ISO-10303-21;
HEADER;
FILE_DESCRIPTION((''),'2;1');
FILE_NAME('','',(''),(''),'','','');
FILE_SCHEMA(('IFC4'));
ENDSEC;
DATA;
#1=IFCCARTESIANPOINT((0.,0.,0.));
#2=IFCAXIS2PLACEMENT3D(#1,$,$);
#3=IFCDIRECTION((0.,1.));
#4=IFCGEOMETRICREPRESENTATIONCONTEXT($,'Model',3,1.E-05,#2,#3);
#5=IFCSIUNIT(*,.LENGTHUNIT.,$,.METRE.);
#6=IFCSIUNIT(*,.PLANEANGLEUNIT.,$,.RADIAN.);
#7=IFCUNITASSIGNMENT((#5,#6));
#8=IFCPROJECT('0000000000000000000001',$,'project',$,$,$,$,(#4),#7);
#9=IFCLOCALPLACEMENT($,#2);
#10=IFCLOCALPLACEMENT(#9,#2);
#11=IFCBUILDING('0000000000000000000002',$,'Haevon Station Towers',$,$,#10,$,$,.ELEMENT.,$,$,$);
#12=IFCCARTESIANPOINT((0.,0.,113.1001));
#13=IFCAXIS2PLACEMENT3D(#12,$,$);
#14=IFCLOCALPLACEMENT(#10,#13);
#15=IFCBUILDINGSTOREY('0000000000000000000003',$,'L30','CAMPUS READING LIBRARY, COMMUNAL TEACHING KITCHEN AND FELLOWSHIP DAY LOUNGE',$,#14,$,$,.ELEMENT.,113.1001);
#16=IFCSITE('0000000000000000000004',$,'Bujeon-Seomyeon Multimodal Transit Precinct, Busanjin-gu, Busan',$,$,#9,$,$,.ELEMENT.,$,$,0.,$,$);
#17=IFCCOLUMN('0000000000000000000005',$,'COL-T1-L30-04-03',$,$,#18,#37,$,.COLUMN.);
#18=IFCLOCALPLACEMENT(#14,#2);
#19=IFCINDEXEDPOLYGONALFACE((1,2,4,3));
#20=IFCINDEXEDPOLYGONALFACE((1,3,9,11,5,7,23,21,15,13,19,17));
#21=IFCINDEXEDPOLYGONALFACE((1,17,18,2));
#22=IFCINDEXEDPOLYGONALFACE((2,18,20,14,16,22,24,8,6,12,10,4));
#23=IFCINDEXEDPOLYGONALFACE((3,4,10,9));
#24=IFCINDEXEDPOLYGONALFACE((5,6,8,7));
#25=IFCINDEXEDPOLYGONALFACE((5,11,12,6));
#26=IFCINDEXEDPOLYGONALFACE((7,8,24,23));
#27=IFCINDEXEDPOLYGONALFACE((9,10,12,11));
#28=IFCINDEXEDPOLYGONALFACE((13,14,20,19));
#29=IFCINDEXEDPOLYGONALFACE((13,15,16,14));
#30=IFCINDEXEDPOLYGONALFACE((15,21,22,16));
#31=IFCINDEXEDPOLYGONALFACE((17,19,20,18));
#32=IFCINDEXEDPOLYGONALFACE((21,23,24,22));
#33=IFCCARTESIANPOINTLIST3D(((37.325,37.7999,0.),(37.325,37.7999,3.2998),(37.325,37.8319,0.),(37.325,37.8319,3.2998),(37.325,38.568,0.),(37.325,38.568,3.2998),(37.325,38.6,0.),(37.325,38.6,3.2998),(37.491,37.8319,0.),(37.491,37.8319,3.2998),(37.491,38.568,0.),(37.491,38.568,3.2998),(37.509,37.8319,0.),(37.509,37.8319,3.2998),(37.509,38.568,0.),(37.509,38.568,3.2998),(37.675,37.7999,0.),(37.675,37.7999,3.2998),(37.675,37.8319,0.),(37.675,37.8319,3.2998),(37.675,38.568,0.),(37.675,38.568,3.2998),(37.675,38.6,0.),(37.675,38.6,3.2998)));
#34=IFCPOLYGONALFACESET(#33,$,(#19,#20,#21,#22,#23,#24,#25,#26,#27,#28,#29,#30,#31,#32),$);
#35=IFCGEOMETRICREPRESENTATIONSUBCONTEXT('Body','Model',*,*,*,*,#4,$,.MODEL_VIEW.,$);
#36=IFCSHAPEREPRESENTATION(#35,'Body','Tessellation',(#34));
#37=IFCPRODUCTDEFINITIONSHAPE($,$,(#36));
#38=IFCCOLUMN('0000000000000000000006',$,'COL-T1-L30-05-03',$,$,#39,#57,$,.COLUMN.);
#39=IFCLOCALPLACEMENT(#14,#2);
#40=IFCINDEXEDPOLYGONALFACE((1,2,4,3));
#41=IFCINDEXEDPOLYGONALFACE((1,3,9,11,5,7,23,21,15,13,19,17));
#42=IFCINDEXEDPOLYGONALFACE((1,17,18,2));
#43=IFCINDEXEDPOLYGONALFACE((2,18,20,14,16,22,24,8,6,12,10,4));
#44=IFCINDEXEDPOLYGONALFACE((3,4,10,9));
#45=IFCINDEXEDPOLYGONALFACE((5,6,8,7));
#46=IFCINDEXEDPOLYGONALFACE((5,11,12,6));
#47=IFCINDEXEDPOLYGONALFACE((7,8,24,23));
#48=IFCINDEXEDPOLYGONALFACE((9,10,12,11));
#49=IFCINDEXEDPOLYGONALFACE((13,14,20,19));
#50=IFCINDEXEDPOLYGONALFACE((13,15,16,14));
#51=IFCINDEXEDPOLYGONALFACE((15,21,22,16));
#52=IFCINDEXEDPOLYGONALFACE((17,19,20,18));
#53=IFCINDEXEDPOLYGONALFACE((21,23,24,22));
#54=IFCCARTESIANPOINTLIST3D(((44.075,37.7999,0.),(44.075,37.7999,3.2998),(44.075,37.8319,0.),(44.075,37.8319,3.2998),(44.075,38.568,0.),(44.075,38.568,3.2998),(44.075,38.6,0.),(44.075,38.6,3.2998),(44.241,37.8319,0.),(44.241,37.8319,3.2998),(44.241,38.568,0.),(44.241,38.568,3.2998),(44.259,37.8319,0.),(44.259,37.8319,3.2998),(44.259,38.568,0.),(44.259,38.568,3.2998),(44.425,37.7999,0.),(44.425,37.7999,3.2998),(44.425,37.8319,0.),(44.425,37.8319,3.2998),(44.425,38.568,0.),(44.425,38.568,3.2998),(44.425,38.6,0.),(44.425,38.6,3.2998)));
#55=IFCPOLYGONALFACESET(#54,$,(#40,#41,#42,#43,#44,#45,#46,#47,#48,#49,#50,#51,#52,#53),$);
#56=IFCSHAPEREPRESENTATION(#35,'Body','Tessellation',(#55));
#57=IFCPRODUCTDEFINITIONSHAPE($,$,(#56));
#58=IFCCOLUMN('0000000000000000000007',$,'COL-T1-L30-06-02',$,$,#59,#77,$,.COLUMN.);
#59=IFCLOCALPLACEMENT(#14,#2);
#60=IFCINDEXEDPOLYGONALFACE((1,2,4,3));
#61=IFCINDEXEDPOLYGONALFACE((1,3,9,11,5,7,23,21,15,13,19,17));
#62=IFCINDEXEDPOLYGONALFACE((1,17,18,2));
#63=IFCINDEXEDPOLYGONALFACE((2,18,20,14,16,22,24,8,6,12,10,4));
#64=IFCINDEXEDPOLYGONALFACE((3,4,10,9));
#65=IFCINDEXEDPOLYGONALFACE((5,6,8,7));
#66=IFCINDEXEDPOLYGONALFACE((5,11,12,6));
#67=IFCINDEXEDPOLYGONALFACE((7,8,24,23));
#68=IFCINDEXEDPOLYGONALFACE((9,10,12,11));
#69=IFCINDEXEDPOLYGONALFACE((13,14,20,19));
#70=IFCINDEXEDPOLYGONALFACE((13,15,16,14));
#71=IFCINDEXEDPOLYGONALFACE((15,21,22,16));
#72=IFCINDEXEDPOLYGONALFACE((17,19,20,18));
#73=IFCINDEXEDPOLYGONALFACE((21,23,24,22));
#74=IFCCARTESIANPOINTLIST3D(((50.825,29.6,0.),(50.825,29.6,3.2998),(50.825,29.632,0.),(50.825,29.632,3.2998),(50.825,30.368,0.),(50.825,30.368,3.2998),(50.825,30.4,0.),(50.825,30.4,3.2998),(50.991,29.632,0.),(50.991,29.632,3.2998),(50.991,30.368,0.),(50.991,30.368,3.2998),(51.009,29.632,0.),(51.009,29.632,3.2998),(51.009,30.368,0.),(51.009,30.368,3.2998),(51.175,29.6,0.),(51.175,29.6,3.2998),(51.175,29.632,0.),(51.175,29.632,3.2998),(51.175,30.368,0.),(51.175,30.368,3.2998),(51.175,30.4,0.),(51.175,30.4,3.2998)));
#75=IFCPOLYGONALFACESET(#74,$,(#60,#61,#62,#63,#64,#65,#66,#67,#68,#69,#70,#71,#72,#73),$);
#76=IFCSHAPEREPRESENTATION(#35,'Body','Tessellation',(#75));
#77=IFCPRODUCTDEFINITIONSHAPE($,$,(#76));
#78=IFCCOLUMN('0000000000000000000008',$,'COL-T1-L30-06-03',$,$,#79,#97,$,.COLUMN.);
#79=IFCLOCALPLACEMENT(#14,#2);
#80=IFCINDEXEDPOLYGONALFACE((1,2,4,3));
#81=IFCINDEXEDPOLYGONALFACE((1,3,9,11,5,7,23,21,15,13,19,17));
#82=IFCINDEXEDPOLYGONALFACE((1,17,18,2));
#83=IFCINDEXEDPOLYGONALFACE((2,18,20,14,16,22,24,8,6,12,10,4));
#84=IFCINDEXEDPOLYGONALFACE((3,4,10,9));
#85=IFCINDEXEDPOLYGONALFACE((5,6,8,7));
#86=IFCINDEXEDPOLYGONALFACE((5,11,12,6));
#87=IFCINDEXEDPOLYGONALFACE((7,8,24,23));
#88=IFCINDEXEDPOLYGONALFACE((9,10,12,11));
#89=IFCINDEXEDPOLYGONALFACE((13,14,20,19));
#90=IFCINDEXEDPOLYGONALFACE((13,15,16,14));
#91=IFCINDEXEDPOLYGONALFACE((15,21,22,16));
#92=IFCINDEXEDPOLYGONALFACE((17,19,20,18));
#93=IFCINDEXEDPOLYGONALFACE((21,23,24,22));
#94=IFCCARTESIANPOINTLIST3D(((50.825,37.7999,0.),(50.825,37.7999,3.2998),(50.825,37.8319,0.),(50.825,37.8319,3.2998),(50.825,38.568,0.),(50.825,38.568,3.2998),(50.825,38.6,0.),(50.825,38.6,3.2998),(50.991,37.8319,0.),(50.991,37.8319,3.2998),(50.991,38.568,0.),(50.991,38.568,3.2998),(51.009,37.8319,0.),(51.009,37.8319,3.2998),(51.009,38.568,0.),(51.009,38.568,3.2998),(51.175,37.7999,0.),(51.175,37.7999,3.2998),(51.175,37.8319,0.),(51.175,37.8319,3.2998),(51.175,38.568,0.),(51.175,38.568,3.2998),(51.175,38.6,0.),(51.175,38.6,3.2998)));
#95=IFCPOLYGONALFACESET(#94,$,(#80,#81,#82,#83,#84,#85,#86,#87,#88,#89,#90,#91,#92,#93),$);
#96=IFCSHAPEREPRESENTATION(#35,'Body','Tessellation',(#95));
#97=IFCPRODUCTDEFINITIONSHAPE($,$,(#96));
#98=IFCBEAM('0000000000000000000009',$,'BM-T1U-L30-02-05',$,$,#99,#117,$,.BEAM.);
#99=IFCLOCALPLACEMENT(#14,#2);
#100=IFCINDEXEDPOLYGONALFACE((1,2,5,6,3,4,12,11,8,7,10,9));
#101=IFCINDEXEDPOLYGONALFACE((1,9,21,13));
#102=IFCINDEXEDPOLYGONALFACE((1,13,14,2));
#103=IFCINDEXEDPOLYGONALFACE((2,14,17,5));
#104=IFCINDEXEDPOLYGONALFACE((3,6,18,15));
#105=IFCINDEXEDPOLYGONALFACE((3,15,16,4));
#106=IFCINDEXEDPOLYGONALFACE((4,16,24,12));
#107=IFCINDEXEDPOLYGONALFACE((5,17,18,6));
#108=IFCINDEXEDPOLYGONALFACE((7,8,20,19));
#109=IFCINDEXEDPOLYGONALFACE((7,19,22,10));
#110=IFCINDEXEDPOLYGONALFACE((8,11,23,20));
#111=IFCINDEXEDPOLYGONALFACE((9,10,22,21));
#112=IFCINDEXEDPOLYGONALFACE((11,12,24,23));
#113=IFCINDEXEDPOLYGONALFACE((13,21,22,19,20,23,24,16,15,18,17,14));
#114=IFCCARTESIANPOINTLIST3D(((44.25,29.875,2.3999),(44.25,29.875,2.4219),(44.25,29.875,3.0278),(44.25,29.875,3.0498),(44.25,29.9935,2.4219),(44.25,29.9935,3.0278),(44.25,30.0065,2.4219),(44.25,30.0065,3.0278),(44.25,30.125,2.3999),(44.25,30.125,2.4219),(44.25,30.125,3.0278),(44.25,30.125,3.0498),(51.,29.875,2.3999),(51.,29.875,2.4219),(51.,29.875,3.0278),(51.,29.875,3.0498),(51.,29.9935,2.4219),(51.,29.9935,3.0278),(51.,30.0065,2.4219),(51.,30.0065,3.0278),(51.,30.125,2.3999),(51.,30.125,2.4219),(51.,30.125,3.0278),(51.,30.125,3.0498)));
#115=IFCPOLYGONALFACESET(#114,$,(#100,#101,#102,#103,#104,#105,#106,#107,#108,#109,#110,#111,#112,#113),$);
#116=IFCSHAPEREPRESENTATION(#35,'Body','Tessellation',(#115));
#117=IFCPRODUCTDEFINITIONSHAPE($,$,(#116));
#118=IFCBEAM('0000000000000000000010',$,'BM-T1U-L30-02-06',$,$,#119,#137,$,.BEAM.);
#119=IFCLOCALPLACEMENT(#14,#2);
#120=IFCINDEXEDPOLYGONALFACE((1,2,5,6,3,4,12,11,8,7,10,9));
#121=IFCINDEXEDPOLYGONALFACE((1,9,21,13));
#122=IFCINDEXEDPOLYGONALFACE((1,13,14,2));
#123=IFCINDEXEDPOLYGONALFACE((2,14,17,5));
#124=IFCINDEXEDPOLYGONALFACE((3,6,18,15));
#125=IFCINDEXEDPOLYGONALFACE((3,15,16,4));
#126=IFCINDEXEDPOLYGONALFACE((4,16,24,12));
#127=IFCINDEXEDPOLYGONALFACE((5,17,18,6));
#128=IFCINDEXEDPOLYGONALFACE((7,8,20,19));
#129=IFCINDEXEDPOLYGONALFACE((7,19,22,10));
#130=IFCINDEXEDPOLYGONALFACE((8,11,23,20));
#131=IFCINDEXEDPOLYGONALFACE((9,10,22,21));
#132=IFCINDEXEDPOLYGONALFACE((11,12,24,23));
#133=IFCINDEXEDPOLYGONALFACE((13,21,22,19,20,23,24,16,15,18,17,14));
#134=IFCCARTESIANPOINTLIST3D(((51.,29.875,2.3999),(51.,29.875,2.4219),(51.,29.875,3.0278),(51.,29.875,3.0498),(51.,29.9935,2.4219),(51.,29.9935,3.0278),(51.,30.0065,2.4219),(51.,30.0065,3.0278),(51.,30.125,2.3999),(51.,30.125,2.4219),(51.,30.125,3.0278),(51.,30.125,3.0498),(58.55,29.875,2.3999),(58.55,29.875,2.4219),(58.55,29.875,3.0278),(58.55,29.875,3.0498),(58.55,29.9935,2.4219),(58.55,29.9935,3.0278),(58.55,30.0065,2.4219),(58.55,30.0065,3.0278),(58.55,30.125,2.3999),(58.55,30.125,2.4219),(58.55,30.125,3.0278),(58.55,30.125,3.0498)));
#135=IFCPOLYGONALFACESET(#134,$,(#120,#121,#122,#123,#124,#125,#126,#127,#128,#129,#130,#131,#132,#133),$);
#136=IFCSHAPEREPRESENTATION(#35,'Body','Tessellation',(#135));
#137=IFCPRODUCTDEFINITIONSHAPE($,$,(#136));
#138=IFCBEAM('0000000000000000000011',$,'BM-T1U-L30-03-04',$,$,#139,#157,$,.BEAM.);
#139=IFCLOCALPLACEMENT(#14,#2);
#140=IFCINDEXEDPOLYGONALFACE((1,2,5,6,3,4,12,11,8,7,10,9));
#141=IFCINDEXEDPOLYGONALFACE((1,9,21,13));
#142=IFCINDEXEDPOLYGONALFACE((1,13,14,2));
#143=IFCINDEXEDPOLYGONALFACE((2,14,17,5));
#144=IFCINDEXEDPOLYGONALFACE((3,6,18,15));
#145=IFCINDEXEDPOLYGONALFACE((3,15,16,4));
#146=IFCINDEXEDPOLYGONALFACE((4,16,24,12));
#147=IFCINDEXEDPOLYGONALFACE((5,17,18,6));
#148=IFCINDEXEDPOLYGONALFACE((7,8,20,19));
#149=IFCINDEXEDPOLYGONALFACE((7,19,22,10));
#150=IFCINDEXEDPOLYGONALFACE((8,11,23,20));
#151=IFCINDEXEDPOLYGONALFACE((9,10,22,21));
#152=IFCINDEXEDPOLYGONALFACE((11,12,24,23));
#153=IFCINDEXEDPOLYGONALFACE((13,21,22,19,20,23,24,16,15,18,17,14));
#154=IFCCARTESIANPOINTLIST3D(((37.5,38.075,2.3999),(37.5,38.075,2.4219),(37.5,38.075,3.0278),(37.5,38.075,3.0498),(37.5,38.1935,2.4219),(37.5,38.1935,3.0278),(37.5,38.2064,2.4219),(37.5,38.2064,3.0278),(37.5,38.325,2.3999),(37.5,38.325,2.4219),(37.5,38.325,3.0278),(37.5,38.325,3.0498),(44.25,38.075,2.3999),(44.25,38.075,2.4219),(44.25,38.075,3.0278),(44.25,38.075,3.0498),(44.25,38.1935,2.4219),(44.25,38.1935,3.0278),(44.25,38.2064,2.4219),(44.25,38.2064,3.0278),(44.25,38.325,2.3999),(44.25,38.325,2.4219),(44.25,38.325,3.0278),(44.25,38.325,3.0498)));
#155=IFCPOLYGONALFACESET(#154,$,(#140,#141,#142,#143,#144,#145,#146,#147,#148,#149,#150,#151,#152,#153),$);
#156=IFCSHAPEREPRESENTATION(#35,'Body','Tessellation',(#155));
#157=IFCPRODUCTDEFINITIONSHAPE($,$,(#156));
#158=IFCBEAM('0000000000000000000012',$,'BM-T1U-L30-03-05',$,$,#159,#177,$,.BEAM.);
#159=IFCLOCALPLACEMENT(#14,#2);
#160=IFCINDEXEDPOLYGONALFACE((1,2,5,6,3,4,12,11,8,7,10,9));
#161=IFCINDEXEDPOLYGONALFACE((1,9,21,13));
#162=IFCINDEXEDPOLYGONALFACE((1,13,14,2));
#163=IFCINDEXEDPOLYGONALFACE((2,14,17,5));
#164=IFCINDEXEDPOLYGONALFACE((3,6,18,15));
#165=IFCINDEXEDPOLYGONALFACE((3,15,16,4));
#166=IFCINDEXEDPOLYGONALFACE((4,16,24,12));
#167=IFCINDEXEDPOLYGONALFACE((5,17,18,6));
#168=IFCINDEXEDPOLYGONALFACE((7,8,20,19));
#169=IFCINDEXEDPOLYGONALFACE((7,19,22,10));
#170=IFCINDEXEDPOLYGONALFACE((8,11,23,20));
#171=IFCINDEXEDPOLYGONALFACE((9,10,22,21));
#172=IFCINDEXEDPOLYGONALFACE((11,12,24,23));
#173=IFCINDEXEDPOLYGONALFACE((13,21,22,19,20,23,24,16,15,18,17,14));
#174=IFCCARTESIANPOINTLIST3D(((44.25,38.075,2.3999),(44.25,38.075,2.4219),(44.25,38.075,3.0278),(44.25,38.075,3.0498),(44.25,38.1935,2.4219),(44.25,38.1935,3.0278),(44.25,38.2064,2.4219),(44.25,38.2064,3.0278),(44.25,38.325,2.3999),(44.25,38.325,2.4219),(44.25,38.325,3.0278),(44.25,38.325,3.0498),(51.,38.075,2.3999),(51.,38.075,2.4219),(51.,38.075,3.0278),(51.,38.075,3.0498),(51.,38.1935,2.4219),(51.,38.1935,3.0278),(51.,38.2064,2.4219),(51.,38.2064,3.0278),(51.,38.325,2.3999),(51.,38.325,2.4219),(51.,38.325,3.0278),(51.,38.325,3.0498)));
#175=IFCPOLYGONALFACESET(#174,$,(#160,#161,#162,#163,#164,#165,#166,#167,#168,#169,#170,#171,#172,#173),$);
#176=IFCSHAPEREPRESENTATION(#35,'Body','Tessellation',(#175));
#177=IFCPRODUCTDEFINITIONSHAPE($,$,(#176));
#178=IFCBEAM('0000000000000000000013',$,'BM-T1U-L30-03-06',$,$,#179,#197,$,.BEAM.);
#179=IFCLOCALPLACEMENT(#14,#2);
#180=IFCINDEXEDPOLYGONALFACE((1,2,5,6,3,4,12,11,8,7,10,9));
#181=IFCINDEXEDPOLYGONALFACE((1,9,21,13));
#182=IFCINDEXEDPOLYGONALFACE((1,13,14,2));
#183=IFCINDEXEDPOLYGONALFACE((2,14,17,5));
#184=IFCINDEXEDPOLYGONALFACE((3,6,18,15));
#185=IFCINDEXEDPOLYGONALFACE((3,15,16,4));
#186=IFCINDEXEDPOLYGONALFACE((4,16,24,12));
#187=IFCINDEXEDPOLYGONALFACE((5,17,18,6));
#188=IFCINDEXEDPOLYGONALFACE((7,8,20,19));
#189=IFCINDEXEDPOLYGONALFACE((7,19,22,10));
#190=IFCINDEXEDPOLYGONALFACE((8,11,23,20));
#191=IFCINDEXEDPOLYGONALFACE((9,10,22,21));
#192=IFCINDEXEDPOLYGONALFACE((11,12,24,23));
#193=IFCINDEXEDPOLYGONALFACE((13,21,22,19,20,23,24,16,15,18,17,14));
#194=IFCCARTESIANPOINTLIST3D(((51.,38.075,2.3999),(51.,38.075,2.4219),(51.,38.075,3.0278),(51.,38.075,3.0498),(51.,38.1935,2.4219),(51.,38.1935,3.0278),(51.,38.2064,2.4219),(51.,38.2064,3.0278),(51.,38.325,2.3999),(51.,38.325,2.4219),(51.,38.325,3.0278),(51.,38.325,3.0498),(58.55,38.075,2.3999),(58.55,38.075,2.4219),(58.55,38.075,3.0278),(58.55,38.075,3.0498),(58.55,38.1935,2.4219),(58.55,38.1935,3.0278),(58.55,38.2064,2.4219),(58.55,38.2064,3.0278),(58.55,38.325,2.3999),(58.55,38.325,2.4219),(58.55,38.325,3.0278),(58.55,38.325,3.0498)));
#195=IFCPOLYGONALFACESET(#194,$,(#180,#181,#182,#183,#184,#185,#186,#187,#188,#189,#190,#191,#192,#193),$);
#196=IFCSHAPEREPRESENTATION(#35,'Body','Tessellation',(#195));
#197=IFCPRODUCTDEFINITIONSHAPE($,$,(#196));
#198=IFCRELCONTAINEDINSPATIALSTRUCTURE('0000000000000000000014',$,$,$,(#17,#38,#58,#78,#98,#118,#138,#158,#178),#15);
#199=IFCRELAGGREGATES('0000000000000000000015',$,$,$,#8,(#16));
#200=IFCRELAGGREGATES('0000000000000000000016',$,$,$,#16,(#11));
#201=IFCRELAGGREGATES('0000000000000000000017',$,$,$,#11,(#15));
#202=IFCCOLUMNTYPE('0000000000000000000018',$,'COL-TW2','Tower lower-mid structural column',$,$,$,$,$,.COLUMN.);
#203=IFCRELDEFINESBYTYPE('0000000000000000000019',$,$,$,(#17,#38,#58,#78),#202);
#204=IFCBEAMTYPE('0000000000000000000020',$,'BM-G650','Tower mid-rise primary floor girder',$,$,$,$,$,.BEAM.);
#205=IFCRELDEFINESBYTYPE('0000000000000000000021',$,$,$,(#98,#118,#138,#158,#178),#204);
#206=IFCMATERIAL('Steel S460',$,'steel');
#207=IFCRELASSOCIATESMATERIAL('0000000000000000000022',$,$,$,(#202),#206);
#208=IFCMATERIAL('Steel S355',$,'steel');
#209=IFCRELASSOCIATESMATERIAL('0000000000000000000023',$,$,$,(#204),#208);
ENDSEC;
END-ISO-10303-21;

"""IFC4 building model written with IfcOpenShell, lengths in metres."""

from ifc_helpers import new_model, si_unit, direction, frame, origin, origin_2d, place, context, subcontext, project, spatial, i_section, extrude, material, material_profile, profile_set, type_object, element, save


model = new_model("IFC4")

# Units and contexts
model_context = context("Model", 3, precision=1e-05, world=origin(), true_north=direction((0.0, 1.0)))
body_context = subcontext(model_context, "Body", "Model", "MODEL_VIEW")
ifc_project = project(units=[si_unit("LENGTHUNIT", "METRE"), si_unit("PLANEANGLEUNIT", "RADIAN")], contexts=[model_context])

# Site, building, storey
site_placement = place(None, origin())
site = spatial("IfcSite", under=ifc_project, at=site_placement, Name="Bujeon-Seomyeon Multimodal Transit Precinct, Busanjin-gu, Busan", CompositionType="ELEMENT", RefElevation=0.0)
building_placement = place(site_placement, origin())
building = spatial("IfcBuilding", under=site, at=building_placement, Name="Haevon Station Towers", CompositionType="ELEMENT")
storey_placement = place(building_placement, frame((0.0, 0.0, 113.1001)))
storey = spatial("IfcBuildingStorey", under=building, at=storey_placement, Name="L30", Description="CAMPUS READING LIBRARY, COMMUNAL TEACHING KITCHEN AND FELLOWSHIP DAY LOUNGE", CompositionType="ELEMENT", Elevation=113.1001)

# Columns
ifc_material_1 = material(Name="Steel S460", Category="steel")
ifc_material_profile_1 = material_profile(ifc_material_1, i_section(OverallWidth=0.3501, OverallDepth=0.8, WebThickness=0.0181, FlangeThickness=0.032, at=origin_2d()), Name="H-800x350x18x32")
ifc_profile_set_1 = profile_set([ifc_material_profile_1], Name="Steel S460")
column_type = type_object("IfcColumnType", Name="COL-TW2", Description="Tower lower-mid structural column", PredefinedType="COLUMN", material=ifc_profile_set_1)
for number, where, z_axis, x_axis, name in (
    (1, (37.5, 38.2, 0.0), (0.0, 0.0, 1.0), (1.0, 0.0, 0.0), "COL-T1-L30-04-03"),
    (2, (44.25, 38.2, 0.0), (0.0, 0.0, 1.0), (1.0, 0.0, 0.0), "COL-T1-L30-05-03"),
    (3, (51.0, 30.0, 0.0), (0.0, 0.0, 1.0), (1.0, 0.0, 0.0), "COL-T1-L30-06-02"),
    (4, (51.0, 38.2, 0.0), (0.0, 0.0, 1.0), (1.0, 0.0, 0.0), "COL-T1-L30-06-03"),
):
    element("IfcColumn", number, at=place(storey_placement, frame(where, z_axis=z_axis, x_axis=x_axis)), inside=storey, type_object=column_type, Name=name, PredefinedType="COLUMN", context=body_context, shape_type="SweptSolid", body=[
        extrude(i_section(OverallWidth=0.3501, OverallDepth=0.8, WebThickness=0.0181, FlangeThickness=0.032, at=origin_2d()), origin(), (0.0, 0.0, 1.0), 3.2998),
    ])

# Beams
ifc_material_2 = material(Name="Steel S355", Category="steel")
ifc_material_profile_2 = material_profile(ifc_material_2, i_section(OverallWidth=0.25, OverallDepth=0.6499, WebThickness=0.0129, FlangeThickness=0.022, at=origin_2d()), Name="H-650x250x13x22")
ifc_profile_set_2 = profile_set([ifc_material_profile_2], Name="Steel S355")
beam_type_1 = type_object("IfcBeamType", Name="BM-G650", Description="Tower mid-rise primary floor girder", PredefinedType="BEAM", material=ifc_profile_set_2)
beam_1_placement = place(storey_placement, frame((44.25, 30.0, 2.7249), z_axis=(1.0, 0.0, 0.0), x_axis=(0.0, 1.0, 0.0)))
element("IfcBeam", 5, at=beam_1_placement, inside=storey, type_object=beam_type_1, Name="BM-T1U-L30-02-05", PredefinedType="BEAM", context=body_context, shape_type="SweptSolid", body=[
    extrude(i_section(OverallWidth=0.25, OverallDepth=0.6499, WebThickness=0.0129, FlangeThickness=0.022, at=origin_2d()), origin(), (0.0, 0.0, 1.0), 6.75),
])
beam_2_placement = place(storey_placement, frame((51.0, 30.0, 2.7249), z_axis=(1.0, 0.0, 0.0), x_axis=(0.0, 1.0, 0.0)))
element("IfcBeam", 6, at=beam_2_placement, inside=storey, type_object=beam_type_1, Name="BM-T1U-L30-02-06", PredefinedType="BEAM", context=body_context, shape_type="SweptSolid", body=[
    extrude(i_section(OverallWidth=0.25, OverallDepth=0.6499, WebThickness=0.0129, FlangeThickness=0.022, at=origin_2d()), origin(), (0.0, 0.0, 1.0), 7.55),
])
for number, where, z_axis, x_axis, name in (
    (7, (37.5, 38.2, 2.7249), (1.0, 0.0, 0.0), (0.0, 1.0, 0.0), "BM-T1U-L30-03-04"),
    (8, (44.25, 38.2, 2.7249), (1.0, 0.0, 0.0), (0.0, 1.0, 0.0), "BM-T1U-L30-03-05"),
):
    element("IfcBeam", number, at=place(storey_placement, frame(where, z_axis=z_axis, x_axis=x_axis)), inside=storey, type_object=beam_type_1, Name=name, PredefinedType="BEAM", context=body_context, shape_type="SweptSolid", body=[
        extrude(i_section(OverallWidth=0.25, OverallDepth=0.6499, WebThickness=0.0129, FlangeThickness=0.022, at=origin_2d()), origin(), (0.0, 0.0, 1.0), 6.75),
    ])
beam_3_placement = place(storey_placement, frame((51.0, 38.2, 2.7249), z_axis=(1.0, 0.0, 0.0), x_axis=(0.0, 1.0, 0.0)))
element("IfcBeam", 9, at=beam_3_placement, inside=storey, type_object=beam_type_1, Name="BM-T1U-L30-03-06", PredefinedType="BEAM", context=body_context, shape_type="SweptSolid", body=[
    extrude(i_section(OverallWidth=0.25, OverallDepth=0.6499, WebThickness=0.0129, FlangeThickness=0.022, at=origin_2d()), origin(), (0.0, 0.0, 1.0), 7.55),
])

save(model, "model.ifc")
